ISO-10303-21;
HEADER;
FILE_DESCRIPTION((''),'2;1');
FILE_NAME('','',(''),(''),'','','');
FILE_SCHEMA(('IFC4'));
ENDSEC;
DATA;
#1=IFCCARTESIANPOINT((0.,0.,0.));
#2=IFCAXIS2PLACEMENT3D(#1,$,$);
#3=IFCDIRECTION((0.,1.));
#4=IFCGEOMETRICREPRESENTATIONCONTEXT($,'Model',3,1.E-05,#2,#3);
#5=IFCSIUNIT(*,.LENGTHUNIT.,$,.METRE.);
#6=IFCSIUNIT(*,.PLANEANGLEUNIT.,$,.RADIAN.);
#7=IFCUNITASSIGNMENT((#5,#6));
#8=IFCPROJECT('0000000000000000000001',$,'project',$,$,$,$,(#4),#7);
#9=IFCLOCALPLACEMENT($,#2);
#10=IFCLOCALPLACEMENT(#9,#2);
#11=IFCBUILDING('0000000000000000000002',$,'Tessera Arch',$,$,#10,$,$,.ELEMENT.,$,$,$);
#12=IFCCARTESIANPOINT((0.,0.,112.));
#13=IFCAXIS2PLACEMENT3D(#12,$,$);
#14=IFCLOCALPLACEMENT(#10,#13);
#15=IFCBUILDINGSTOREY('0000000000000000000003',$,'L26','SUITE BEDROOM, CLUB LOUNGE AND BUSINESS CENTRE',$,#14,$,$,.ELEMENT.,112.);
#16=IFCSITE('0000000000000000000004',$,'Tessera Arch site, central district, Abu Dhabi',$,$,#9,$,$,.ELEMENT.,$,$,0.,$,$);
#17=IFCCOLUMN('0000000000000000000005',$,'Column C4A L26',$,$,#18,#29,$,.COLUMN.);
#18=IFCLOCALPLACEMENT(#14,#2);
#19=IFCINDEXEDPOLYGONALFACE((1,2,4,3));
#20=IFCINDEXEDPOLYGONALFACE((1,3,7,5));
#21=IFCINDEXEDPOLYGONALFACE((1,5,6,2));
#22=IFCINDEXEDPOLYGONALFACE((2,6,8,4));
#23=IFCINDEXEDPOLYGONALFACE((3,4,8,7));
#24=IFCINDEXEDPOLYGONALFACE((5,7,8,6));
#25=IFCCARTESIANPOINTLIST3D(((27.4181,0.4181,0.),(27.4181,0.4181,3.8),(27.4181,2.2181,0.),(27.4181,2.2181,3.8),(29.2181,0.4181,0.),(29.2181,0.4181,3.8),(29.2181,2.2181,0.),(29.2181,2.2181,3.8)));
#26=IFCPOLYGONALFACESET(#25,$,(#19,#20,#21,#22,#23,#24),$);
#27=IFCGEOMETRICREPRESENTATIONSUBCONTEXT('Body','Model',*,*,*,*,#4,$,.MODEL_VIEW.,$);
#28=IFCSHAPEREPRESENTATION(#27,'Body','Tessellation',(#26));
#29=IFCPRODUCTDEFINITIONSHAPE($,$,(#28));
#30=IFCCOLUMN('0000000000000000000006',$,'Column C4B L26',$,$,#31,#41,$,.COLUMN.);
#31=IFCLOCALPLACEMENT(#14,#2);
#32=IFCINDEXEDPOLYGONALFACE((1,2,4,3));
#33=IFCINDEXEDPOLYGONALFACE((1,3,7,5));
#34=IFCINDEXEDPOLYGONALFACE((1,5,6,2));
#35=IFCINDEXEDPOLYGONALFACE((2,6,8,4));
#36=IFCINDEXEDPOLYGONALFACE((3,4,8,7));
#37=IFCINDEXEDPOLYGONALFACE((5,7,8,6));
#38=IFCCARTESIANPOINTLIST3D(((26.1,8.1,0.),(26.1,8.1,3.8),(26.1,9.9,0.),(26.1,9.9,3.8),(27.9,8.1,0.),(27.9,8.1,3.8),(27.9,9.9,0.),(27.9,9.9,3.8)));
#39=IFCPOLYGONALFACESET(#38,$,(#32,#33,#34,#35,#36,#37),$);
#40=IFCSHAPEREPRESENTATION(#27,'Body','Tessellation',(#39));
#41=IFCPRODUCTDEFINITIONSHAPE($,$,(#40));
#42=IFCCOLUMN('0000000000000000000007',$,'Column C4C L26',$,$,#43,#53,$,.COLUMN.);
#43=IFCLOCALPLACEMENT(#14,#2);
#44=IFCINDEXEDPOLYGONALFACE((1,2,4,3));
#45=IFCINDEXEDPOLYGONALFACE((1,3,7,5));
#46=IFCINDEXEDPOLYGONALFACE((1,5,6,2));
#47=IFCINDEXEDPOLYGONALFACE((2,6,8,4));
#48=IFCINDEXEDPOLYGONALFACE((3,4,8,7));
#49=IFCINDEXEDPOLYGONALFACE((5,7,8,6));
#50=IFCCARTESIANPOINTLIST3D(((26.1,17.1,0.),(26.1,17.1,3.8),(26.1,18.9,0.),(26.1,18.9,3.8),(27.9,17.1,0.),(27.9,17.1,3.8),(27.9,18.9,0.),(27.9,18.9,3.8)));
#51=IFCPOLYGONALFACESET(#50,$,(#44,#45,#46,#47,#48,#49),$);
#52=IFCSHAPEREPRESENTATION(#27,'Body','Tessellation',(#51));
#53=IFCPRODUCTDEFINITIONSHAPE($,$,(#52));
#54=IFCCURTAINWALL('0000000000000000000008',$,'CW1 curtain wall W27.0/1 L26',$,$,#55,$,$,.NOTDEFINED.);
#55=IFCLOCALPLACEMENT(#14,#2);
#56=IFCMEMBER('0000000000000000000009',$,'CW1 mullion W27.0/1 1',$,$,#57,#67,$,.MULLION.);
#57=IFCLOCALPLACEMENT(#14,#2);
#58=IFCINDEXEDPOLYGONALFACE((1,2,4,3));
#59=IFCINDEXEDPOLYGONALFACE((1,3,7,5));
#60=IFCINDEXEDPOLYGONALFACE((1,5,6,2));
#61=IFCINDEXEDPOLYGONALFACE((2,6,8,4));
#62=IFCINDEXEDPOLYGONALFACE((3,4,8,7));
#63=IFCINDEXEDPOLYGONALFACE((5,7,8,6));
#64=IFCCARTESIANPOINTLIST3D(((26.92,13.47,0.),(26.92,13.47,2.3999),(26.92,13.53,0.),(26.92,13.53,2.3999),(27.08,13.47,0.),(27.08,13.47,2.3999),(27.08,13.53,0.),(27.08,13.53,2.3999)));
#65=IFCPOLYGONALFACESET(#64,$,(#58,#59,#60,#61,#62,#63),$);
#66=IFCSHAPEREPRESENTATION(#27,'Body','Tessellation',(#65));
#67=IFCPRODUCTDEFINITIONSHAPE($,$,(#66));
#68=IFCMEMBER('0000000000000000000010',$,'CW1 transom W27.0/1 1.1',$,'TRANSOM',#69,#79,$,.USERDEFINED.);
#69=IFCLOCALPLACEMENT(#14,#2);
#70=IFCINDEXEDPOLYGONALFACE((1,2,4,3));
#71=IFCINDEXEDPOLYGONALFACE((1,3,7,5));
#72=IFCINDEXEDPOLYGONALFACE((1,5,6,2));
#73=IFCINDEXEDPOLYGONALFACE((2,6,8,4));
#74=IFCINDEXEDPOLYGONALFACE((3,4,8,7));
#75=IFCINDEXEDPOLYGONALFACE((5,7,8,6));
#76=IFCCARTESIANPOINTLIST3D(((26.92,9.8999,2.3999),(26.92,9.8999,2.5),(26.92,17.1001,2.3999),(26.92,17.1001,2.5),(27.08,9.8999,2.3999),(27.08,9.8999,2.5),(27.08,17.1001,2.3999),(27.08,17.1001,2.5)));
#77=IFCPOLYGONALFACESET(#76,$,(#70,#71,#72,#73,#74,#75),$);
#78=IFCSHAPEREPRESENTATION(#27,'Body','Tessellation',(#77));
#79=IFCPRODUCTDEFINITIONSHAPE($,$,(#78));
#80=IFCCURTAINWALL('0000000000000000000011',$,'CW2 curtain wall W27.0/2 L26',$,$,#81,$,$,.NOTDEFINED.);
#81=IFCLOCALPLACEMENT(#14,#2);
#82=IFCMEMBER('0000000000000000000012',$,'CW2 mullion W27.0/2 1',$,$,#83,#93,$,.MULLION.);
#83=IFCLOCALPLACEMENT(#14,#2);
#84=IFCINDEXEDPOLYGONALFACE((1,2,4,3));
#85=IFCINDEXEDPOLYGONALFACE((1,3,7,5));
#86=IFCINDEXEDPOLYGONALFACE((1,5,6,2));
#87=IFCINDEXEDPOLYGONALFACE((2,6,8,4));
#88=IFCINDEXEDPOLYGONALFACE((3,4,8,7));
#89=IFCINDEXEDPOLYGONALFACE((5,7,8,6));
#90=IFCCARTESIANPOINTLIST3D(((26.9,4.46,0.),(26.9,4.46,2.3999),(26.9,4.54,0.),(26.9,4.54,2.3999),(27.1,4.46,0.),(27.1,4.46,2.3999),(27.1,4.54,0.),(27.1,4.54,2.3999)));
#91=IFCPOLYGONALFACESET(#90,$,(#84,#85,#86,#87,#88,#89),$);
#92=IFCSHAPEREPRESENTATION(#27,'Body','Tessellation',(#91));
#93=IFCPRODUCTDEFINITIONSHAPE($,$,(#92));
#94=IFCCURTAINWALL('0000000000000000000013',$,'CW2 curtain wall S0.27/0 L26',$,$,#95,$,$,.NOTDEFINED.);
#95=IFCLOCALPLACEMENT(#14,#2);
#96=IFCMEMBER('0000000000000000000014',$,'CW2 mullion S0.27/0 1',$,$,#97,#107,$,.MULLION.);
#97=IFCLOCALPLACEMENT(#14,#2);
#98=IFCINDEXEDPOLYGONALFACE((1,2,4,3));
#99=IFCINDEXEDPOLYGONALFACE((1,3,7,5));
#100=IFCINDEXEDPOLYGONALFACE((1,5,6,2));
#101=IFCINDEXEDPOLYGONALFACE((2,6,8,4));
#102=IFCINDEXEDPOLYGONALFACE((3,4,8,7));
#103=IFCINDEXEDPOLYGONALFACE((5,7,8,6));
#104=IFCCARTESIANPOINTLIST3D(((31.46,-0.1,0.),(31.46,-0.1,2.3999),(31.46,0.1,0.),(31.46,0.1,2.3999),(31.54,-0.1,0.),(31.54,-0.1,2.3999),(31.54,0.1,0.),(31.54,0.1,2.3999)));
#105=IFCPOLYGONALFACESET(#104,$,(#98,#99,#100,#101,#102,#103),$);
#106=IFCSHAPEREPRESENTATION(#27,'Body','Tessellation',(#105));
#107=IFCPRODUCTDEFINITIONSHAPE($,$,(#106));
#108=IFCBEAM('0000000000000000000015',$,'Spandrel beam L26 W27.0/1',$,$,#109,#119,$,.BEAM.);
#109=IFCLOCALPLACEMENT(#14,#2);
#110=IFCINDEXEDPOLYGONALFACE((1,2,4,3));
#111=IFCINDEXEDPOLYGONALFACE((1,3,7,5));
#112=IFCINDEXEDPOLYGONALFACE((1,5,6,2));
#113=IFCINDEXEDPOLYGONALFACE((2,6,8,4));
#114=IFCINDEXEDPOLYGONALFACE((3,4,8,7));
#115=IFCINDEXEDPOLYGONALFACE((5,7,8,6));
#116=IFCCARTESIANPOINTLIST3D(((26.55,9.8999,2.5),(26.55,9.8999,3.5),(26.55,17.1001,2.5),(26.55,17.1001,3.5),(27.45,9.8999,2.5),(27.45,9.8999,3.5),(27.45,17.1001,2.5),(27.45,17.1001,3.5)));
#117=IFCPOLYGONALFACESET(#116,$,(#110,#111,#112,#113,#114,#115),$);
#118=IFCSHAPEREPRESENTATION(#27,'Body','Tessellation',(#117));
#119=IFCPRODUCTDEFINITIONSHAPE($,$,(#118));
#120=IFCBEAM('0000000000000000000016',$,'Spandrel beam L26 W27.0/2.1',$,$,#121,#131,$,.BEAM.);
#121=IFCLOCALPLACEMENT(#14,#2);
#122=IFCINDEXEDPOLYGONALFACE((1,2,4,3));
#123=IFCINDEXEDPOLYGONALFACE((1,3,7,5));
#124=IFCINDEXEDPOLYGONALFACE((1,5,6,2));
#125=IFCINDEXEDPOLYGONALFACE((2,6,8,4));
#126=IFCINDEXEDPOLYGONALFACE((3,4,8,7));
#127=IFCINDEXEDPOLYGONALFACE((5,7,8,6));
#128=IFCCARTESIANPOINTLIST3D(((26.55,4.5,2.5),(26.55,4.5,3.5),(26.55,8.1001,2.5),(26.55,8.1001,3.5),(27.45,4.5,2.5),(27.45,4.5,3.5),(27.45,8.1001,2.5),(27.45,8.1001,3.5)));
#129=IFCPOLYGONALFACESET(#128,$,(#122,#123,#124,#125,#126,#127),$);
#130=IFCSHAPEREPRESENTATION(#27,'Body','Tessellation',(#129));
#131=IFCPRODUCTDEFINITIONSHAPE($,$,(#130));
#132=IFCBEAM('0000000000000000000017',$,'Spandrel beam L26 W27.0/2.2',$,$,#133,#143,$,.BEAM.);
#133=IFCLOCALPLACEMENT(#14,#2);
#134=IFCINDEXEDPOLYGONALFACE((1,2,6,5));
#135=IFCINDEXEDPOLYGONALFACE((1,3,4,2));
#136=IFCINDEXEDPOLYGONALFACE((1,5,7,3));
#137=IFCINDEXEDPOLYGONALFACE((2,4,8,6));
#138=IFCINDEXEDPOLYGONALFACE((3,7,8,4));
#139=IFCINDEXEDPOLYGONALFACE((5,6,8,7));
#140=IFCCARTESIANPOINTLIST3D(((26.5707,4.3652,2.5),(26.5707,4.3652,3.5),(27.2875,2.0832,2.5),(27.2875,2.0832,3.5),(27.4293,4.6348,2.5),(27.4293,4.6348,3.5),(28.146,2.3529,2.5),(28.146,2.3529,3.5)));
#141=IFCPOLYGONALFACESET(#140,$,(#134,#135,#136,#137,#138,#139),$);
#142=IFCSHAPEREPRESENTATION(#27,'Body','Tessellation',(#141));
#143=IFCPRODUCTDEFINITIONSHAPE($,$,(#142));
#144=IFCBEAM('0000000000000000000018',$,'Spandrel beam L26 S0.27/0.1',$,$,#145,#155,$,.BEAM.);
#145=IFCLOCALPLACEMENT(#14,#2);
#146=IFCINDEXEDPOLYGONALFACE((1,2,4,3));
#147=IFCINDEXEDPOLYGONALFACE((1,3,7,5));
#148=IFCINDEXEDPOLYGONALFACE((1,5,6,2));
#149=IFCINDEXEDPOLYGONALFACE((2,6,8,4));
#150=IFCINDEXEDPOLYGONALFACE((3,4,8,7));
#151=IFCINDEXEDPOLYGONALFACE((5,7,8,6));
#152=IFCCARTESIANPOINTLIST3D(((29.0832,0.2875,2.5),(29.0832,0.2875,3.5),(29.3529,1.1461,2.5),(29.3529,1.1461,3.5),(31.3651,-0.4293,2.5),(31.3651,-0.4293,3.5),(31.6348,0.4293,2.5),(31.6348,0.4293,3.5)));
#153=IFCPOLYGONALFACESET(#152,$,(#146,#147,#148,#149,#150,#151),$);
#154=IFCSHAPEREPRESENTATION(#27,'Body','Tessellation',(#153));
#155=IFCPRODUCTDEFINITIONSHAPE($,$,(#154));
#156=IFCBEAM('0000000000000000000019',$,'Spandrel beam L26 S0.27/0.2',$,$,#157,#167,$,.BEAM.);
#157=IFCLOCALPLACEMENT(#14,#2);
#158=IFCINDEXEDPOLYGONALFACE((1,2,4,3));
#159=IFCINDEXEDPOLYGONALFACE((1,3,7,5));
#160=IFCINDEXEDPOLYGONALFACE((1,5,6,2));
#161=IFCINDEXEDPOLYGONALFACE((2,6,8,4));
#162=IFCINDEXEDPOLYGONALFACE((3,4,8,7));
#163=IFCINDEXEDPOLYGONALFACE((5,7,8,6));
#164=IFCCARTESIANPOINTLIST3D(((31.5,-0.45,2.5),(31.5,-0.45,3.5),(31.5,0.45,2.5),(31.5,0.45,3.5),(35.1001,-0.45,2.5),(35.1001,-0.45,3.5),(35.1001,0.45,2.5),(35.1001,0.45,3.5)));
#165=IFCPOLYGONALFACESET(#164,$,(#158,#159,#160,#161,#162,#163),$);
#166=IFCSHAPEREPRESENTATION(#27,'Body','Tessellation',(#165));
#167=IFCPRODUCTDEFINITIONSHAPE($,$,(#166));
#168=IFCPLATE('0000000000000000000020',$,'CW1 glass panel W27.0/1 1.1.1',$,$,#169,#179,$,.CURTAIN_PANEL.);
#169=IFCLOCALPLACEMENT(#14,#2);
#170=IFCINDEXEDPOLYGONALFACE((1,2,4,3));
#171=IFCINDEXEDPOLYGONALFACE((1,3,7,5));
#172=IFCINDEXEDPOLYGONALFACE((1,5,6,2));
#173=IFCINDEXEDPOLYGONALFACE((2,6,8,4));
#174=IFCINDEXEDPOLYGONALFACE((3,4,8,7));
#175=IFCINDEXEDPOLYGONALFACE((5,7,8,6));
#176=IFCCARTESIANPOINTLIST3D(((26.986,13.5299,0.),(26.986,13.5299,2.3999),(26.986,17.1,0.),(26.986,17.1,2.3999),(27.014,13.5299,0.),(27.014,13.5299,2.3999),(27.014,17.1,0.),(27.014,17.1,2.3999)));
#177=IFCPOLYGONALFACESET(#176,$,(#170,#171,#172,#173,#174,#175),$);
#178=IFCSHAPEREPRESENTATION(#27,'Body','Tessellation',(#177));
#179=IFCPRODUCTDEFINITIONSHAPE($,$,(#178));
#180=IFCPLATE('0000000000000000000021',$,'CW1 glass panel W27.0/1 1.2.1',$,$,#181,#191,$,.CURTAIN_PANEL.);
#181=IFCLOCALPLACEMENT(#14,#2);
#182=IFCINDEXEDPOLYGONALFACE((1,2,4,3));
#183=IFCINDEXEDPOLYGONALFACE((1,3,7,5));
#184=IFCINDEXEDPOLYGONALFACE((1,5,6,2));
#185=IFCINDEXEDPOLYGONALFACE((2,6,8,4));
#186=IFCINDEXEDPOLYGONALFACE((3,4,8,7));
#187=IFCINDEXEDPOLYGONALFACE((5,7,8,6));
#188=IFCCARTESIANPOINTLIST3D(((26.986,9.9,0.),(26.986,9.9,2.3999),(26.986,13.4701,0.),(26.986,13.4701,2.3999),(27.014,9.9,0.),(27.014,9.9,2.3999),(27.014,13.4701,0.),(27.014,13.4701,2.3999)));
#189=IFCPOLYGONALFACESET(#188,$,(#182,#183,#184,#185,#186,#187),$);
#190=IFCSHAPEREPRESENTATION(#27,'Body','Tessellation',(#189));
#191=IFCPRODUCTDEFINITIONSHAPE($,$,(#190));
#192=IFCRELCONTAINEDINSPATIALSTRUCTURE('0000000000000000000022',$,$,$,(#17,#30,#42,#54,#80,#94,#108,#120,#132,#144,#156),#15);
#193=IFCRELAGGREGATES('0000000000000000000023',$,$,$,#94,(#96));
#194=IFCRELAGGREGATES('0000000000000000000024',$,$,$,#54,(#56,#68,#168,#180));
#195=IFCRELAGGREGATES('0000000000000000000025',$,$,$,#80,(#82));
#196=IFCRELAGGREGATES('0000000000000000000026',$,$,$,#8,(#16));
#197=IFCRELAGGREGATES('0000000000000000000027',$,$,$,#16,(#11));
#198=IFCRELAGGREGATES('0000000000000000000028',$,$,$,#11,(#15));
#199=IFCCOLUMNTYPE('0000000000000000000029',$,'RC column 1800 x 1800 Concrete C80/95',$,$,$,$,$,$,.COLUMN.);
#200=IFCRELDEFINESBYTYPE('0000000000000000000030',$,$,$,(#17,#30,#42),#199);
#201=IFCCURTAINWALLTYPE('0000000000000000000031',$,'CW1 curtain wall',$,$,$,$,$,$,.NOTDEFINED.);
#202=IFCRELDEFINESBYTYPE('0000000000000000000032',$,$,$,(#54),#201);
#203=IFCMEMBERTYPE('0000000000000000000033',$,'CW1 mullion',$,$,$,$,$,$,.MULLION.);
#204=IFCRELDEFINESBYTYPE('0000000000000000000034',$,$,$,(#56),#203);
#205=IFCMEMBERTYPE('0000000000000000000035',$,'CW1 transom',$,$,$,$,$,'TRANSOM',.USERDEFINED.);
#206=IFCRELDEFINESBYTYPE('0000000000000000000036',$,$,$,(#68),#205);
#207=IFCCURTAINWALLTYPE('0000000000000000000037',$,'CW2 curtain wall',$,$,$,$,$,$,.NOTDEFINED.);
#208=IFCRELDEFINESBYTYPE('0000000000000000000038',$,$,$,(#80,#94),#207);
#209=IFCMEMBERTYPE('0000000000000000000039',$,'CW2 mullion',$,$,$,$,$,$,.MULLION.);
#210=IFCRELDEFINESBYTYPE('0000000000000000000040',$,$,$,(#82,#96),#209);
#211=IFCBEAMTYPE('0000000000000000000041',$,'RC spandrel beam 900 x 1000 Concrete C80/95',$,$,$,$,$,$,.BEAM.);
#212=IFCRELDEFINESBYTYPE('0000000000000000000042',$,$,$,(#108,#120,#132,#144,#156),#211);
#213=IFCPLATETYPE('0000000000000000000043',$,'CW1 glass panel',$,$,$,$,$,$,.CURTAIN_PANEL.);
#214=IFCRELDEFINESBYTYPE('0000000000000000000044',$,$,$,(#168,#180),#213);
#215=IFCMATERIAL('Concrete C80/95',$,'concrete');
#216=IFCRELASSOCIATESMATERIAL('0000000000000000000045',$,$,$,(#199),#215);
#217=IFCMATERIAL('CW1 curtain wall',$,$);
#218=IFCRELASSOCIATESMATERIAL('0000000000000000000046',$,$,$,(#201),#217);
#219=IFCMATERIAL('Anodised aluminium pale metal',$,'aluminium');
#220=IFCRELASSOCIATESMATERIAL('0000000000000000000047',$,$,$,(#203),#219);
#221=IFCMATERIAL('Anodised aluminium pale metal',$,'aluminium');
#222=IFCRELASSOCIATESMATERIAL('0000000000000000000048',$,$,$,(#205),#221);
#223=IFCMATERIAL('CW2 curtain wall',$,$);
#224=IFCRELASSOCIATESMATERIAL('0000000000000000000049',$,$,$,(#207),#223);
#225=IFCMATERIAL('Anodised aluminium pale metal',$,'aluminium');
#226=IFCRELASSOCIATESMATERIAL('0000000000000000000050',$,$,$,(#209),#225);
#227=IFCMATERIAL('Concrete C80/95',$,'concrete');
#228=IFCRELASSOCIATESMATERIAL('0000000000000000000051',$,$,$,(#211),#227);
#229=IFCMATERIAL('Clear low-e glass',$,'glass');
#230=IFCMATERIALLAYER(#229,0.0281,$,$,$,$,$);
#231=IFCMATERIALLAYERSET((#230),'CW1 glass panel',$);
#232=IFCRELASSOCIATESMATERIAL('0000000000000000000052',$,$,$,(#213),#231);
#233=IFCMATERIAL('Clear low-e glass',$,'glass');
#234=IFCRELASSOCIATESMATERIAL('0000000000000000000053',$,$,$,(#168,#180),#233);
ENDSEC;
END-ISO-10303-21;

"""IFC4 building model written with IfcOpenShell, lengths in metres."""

from ifc_helpers import new_model, si_unit, direction, frame, origin, origin_2d, place, context, subcontext, project, spatial, rectangle, extrude, material, layer, layer_set, material_profile, profile_set, type_object, element, aggregate, save


model = new_model("IFC4")

# Units and contexts
model_context = context("Model", 3, precision=1e-05, world=origin(), true_north=direction((0.0, 1.0)))
body_context = subcontext(model_context, "Body", "Model", "MODEL_VIEW")
ifc_project = project(units=[si_unit("LENGTHUNIT", "METRE"), si_unit("PLANEANGLEUNIT", "RADIAN")], contexts=[model_context])

# Site, building, storey
site_placement = place(None, origin())
site = spatial("IfcSite", under=ifc_project, at=site_placement, Name="Tessera Arch site, central district, Abu Dhabi", CompositionType="ELEMENT", RefElevation=0.0)
building_placement = place(site_placement, origin())
building = spatial("IfcBuilding", under=site, at=building_placement, Name="Tessera Arch", CompositionType="ELEMENT")
storey_placement = place(building_placement, frame((0.0, 0.0, 112.0)))
storey = spatial("IfcBuildingStorey", under=building, at=storey_placement, Name="L26", Description="SUITE BEDROOM, CLUB LOUNGE AND BUSINESS CENTRE", CompositionType="ELEMENT", Elevation=112.0)

# Columns
ifc_material_1 = material(Name="Concrete C80/95", Category="concrete")
ifc_material_profile_1 = material_profile(ifc_material_1, rectangle(XDim=1.8, YDim=1.8, at=origin_2d()), Name="RC column 1800 x 1800 Concrete C80/95")
ifc_profile_set_1 = profile_set([ifc_material_profile_1], Name="Concrete C80/95")
column_type = type_object("IfcColumnType", Name="RC column 1800 x 1800 Concrete C80/95", PredefinedType="COLUMN", material=ifc_profile_set_1)
for number, where, z_axis, x_axis, name in (
    (1, (28.3181, 1.3181, 0.0), (0.0, 0.0, 1.0), (1.0, 0.0, 0.0), "Column C4A L26"),
    (2, (27.0, 9.0, 0.0), (0.0, 0.0, 1.0), (1.0, 0.0, 0.0), "Column C4B L26"),
    (3, (27.0, 18.0, 0.0), (0.0, 0.0, 1.0), (1.0, 0.0, 0.0), "Column C4C L26"),
):
    element("IfcColumn", number, at=place(storey_placement, frame(where, z_axis=z_axis, x_axis=x_axis)), inside=storey, type_object=column_type, Name=name, PredefinedType="COLUMN", context=body_context, shape_type="SweptSolid", body=[
        extrude(rectangle(XDim=1.8, YDim=1.8, at=origin_2d()), origin(), (0.0, 0.0, 1.0), 3.8),
    ])

# Curtain wall, members
ifc_material_2 = material(Name="CW1 curtain wall")
curtain_wall_type_1 = type_object("IfcCurtainWallType", Name="CW1 curtain wall", PredefinedType="NOTDEFINED", material=ifc_material_2)
curtain_wall_1_placement = place(storey_placement, origin())
curtain_wall_1 = element("IfcCurtainWall", 4, at=curtain_wall_1_placement, inside=storey, type_object=curtain_wall_type_1, Name="CW1 curtain wall W27.0/1 L26", PredefinedType="NOTDEFINED")
ifc_material_3 = material(Name="Anodised aluminium pale metal", Category="aluminium")
ifc_material_profile_2 = material_profile(ifc_material_3, rectangle(XDim=0.1599, YDim=0.0601, at=origin_2d()), Name="AL 60x160")
ifc_profile_set_2 = profile_set([ifc_material_profile_2], Name="Anodised aluminium pale metal")
member_type_1 = type_object("IfcMemberType", Name="CW1 mullion", PredefinedType="MULLION", material=ifc_profile_set_2)
member_1_placement = place(storey_placement, frame((27.0, 13.5, 0.0), z_axis=(0.0, 0.0, 1.0), x_axis=(1.0, 0.0, 0.0)))
member_1 = element("IfcMember", 5, at=member_1_placement, type_object=member_type_1, Name="CW1 mullion W27.0/1 1", PredefinedType="MULLION", context=body_context, shape_type="SweptSolid", body=[
    extrude(rectangle(XDim=0.1599, YDim=0.0601, at=origin_2d()), origin(), (0.0, 0.0, 1.0), 2.3999),
])
ifc_material_4 = material(Name="Anodised aluminium pale metal", Category="aluminium")
ifc_material_profile_3 = material_profile(ifc_material_4, rectangle(XDim=0.1599, YDim=0.1001, at=origin_2d()), Name="AL 160x100")
ifc_profile_set_3 = profile_set([ifc_material_profile_3], Name="Anodised aluminium pale metal")
member_type_2 = type_object("IfcMemberType", Name="CW1 transom", ElementType="TRANSOM", PredefinedType="USERDEFINED", material=ifc_profile_set_3)
member_2_placement = place(storey_placement, frame((27.0, 17.1001, 2.45), z_axis=(0.0, -1.0, 0.0), x_axis=(1.0, 0.0, 0.0)))
member_2 = element("IfcMember", 6, at=member_2_placement, type_object=member_type_2, Name="CW1 transom W27.0/1 1.1", ObjectType="TRANSOM", PredefinedType="USERDEFINED", context=body_context, shape_type="SweptSolid", body=[
    extrude(rectangle(XDim=0.1599, YDim=0.1001, at=origin_2d()), origin(), (0.0, 0.0, 1.0), 7.2002),
])

# Curtain walls, members
ifc_material_5 = material(Name="CW2 curtain wall")
curtain_wall_type_2 = type_object("IfcCurtainWallType", Name="CW2 curtain wall", PredefinedType="NOTDEFINED", material=ifc_material_5)
curtain_wall_2_placement = place(storey_placement, origin())
curtain_wall_2 = element("IfcCurtainWall", 7, at=curtain_wall_2_placement, inside=storey, type_object=curtain_wall_type_2, Name="CW2 curtain wall W27.0/2 L26", PredefinedType="NOTDEFINED")
ifc_material_6 = material(Name="Anodised aluminium pale metal", Category="aluminium")
ifc_material_profile_4 = material_profile(ifc_material_6, rectangle(XDim=0.2, YDim=0.0801, at=origin_2d()), Name="AL 80x200")
ifc_profile_set_4 = profile_set([ifc_material_profile_4], Name="Anodised aluminium pale metal")
member_type_3 = type_object("IfcMemberType", Name="CW2 mullion", PredefinedType="MULLION", material=ifc_profile_set_4)
member_3_placement = place(storey_placement, frame((27.0, 4.5, 0.0), z_axis=(0.0, 0.0, 1.0), x_axis=(1.0, 0.0, 0.0)))
member_3 = element("IfcMember", 8, at=member_3_placement, type_object=member_type_3, Name="CW2 mullion W27.0/2 1", PredefinedType="MULLION", context=body_context, shape_type="SweptSolid", body=[
    extrude(rectangle(XDim=0.2, YDim=0.0801, at=origin_2d()), origin(), (0.0, 0.0, 1.0), 2.3999),
])
curtain_wall_3_placement = place(storey_placement, origin())
curtain_wall_3 = element("IfcCurtainWall", 9, at=curtain_wall_3_placement, inside=storey, type_object=curtain_wall_type_2, Name="CW2 curtain wall S0.27/0 L26", PredefinedType="NOTDEFINED")
member_4_placement = place(storey_placement, frame((31.5, 0.0, 0.0), z_axis=(0.0, 0.0, 1.0), x_axis=(0.0, 1.0, 0.0)))
member_4 = element("IfcMember", 10, at=member_4_placement, type_object=member_type_3, Name="CW2 mullion S0.27/0 1", PredefinedType="MULLION", context=body_context, shape_type="SweptSolid", body=[
    extrude(rectangle(XDim=0.2, YDim=0.0801, at=origin_2d()), origin(), (0.0, 0.0, 1.0), 2.3999),
])
aggregate(curtain_wall_3, [member_4])

# Beams
ifc_material_7 = material(Name="Concrete C80/95", Category="concrete")
ifc_material_profile_5 = material_profile(ifc_material_7, rectangle(XDim=0.8999, YDim=1.0, at=origin_2d()), Name="RC spandrel beam 900 x 1000 Concrete C80/95")
ifc_profile_set_5 = profile_set([ifc_material_profile_5], Name="Concrete C80/95")
beam_type = type_object("IfcBeamType", Name="RC spandrel beam 900 x 1000 Concrete C80/95", PredefinedType="BEAM", material=ifc_profile_set_5)
beam_1_placement = place(storey_placement, frame((27.0, 17.1001, 3.0), z_axis=(0.0, -1.0, 0.0), x_axis=(1.0, 0.0, 0.0)))
element("IfcBeam", 11, at=beam_1_placement, inside=storey, type_object=beam_type, Name="Spandrel beam L26 W27.0/1", PredefinedType="BEAM", context=body_context, shape_type="SweptSolid", body=[
    extrude(rectangle(XDim=0.8999, YDim=1.0, at=origin_2d()), origin(), (0.0, 0.0, 1.0), 7.2002),
])
beam_2_placement = place(storey_placement, frame((27.0, 8.1001, 3.0), z_axis=(0.0, -1.0, 0.0), x_axis=(1.0, 0.0, 0.0)))
element("IfcBeam", 12, at=beam_2_placement, inside=storey, type_object=beam_type, Name="Spandrel beam L26 W27.0/2.1", PredefinedType="BEAM", context=body_context, shape_type="SweptSolid", body=[
    extrude(rectangle(XDim=0.8999, YDim=1.0, at=origin_2d()), origin(), (0.0, 0.0, 1.0), 3.6001),
])
for number, where, z_axis, x_axis, name in (
    (13, (27.0, 4.5, 3.0), (0.299675, -0.954041, 0.0), (0.954041, 0.299675, 0.0), "Spandrel beam L26 W27.0/2.2"),
    (14, (29.218, 0.7168, 3.0), (0.954041, -0.299675, 0.0), (0.299675, 0.954041, 0.0), "Spandrel beam L26 S0.27/0.1"),
):
    element("IfcBeam", number, at=place(storey_placement, frame(where, z_axis=z_axis, x_axis=x_axis)), inside=storey, type_object=beam_type, Name=name, PredefinedType="BEAM", context=body_context, shape_type="SweptSolid", body=[
        extrude(rectangle(XDim=0.8999, YDim=1.0, at=origin_2d()), origin(), (0.0, 0.0, 1.0), 2.3918),
    ])
beam_3_placement = place(storey_placement, frame((31.5, 0.0, 3.0), z_axis=(1.0, 0.0, 0.0), x_axis=(0.0, 1.0, 0.0)))
element("IfcBeam", 15, at=beam_3_placement, inside=storey, type_object=beam_type, Name="Spandrel beam L26 S0.27/0.2", PredefinedType="BEAM", context=body_context, shape_type="SweptSolid", body=[
    extrude(rectangle(XDim=0.8999, YDim=1.0, at=origin_2d()), origin(), (0.0, 0.0, 1.0), 3.6001),
])

# Plates
ifc_material_8 = material(Name="Clear low-e glass", Category="glass")
ifc_material_9 = material(Name="Clear low-e glass", Category="glass")
ifc_layer_1 = layer(ifc_material_9, 0.0281)
ifc_layer_set_1 = layer_set([ifc_layer_1], Name="CW1 glass panel")
plate_type_1 = type_object("IfcPlateType", Name="CW1 glass panel", PredefinedType="CURTAIN_PANEL", material=ifc_layer_set_1)
plate_1_placement = place(storey_placement, frame((27.0, 15.3149, 0.0), z_axis=(0.0, 0.0, 1.0), x_axis=(0.0, -1.0, 0.0)))
plate_1 = element("IfcPlate", 16, at=plate_1_placement, type_object=plate_type_1, material=ifc_material_8, Name="CW1 glass panel W27.0/1 1.1.1", PredefinedType="CURTAIN_PANEL", context=body_context, shape_type="SweptSolid", body=[
    extrude(rectangle(XDim=3.5701, YDim=0.0281, at=origin_2d()), origin(), (0.0, 0.0, 1.0), 2.3999),
])
plate_2_placement = place(storey_placement, frame((27.0, 11.6851, 0.0), z_axis=(0.0, 0.0, 1.0), x_axis=(0.0, -1.0, 0.0)))
plate_2 = element("IfcPlate", 17, at=plate_2_placement, type_object=plate_type_1, material=ifc_material_8, Name="CW1 glass panel W27.0/1 1.2.1", PredefinedType="CURTAIN_PANEL", context=body_context, shape_type="SweptSolid", body=[
    extrude(rectangle(XDim=3.5701, YDim=0.0281, at=origin_2d()), origin(), (0.0, 0.0, 1.0), 2.3999),
])
aggregate(curtain_wall_1, [member_1, member_2, plate_1, plate_2])
aggregate(curtain_wall_2, [member_3])

save(model, "model.ifc")
